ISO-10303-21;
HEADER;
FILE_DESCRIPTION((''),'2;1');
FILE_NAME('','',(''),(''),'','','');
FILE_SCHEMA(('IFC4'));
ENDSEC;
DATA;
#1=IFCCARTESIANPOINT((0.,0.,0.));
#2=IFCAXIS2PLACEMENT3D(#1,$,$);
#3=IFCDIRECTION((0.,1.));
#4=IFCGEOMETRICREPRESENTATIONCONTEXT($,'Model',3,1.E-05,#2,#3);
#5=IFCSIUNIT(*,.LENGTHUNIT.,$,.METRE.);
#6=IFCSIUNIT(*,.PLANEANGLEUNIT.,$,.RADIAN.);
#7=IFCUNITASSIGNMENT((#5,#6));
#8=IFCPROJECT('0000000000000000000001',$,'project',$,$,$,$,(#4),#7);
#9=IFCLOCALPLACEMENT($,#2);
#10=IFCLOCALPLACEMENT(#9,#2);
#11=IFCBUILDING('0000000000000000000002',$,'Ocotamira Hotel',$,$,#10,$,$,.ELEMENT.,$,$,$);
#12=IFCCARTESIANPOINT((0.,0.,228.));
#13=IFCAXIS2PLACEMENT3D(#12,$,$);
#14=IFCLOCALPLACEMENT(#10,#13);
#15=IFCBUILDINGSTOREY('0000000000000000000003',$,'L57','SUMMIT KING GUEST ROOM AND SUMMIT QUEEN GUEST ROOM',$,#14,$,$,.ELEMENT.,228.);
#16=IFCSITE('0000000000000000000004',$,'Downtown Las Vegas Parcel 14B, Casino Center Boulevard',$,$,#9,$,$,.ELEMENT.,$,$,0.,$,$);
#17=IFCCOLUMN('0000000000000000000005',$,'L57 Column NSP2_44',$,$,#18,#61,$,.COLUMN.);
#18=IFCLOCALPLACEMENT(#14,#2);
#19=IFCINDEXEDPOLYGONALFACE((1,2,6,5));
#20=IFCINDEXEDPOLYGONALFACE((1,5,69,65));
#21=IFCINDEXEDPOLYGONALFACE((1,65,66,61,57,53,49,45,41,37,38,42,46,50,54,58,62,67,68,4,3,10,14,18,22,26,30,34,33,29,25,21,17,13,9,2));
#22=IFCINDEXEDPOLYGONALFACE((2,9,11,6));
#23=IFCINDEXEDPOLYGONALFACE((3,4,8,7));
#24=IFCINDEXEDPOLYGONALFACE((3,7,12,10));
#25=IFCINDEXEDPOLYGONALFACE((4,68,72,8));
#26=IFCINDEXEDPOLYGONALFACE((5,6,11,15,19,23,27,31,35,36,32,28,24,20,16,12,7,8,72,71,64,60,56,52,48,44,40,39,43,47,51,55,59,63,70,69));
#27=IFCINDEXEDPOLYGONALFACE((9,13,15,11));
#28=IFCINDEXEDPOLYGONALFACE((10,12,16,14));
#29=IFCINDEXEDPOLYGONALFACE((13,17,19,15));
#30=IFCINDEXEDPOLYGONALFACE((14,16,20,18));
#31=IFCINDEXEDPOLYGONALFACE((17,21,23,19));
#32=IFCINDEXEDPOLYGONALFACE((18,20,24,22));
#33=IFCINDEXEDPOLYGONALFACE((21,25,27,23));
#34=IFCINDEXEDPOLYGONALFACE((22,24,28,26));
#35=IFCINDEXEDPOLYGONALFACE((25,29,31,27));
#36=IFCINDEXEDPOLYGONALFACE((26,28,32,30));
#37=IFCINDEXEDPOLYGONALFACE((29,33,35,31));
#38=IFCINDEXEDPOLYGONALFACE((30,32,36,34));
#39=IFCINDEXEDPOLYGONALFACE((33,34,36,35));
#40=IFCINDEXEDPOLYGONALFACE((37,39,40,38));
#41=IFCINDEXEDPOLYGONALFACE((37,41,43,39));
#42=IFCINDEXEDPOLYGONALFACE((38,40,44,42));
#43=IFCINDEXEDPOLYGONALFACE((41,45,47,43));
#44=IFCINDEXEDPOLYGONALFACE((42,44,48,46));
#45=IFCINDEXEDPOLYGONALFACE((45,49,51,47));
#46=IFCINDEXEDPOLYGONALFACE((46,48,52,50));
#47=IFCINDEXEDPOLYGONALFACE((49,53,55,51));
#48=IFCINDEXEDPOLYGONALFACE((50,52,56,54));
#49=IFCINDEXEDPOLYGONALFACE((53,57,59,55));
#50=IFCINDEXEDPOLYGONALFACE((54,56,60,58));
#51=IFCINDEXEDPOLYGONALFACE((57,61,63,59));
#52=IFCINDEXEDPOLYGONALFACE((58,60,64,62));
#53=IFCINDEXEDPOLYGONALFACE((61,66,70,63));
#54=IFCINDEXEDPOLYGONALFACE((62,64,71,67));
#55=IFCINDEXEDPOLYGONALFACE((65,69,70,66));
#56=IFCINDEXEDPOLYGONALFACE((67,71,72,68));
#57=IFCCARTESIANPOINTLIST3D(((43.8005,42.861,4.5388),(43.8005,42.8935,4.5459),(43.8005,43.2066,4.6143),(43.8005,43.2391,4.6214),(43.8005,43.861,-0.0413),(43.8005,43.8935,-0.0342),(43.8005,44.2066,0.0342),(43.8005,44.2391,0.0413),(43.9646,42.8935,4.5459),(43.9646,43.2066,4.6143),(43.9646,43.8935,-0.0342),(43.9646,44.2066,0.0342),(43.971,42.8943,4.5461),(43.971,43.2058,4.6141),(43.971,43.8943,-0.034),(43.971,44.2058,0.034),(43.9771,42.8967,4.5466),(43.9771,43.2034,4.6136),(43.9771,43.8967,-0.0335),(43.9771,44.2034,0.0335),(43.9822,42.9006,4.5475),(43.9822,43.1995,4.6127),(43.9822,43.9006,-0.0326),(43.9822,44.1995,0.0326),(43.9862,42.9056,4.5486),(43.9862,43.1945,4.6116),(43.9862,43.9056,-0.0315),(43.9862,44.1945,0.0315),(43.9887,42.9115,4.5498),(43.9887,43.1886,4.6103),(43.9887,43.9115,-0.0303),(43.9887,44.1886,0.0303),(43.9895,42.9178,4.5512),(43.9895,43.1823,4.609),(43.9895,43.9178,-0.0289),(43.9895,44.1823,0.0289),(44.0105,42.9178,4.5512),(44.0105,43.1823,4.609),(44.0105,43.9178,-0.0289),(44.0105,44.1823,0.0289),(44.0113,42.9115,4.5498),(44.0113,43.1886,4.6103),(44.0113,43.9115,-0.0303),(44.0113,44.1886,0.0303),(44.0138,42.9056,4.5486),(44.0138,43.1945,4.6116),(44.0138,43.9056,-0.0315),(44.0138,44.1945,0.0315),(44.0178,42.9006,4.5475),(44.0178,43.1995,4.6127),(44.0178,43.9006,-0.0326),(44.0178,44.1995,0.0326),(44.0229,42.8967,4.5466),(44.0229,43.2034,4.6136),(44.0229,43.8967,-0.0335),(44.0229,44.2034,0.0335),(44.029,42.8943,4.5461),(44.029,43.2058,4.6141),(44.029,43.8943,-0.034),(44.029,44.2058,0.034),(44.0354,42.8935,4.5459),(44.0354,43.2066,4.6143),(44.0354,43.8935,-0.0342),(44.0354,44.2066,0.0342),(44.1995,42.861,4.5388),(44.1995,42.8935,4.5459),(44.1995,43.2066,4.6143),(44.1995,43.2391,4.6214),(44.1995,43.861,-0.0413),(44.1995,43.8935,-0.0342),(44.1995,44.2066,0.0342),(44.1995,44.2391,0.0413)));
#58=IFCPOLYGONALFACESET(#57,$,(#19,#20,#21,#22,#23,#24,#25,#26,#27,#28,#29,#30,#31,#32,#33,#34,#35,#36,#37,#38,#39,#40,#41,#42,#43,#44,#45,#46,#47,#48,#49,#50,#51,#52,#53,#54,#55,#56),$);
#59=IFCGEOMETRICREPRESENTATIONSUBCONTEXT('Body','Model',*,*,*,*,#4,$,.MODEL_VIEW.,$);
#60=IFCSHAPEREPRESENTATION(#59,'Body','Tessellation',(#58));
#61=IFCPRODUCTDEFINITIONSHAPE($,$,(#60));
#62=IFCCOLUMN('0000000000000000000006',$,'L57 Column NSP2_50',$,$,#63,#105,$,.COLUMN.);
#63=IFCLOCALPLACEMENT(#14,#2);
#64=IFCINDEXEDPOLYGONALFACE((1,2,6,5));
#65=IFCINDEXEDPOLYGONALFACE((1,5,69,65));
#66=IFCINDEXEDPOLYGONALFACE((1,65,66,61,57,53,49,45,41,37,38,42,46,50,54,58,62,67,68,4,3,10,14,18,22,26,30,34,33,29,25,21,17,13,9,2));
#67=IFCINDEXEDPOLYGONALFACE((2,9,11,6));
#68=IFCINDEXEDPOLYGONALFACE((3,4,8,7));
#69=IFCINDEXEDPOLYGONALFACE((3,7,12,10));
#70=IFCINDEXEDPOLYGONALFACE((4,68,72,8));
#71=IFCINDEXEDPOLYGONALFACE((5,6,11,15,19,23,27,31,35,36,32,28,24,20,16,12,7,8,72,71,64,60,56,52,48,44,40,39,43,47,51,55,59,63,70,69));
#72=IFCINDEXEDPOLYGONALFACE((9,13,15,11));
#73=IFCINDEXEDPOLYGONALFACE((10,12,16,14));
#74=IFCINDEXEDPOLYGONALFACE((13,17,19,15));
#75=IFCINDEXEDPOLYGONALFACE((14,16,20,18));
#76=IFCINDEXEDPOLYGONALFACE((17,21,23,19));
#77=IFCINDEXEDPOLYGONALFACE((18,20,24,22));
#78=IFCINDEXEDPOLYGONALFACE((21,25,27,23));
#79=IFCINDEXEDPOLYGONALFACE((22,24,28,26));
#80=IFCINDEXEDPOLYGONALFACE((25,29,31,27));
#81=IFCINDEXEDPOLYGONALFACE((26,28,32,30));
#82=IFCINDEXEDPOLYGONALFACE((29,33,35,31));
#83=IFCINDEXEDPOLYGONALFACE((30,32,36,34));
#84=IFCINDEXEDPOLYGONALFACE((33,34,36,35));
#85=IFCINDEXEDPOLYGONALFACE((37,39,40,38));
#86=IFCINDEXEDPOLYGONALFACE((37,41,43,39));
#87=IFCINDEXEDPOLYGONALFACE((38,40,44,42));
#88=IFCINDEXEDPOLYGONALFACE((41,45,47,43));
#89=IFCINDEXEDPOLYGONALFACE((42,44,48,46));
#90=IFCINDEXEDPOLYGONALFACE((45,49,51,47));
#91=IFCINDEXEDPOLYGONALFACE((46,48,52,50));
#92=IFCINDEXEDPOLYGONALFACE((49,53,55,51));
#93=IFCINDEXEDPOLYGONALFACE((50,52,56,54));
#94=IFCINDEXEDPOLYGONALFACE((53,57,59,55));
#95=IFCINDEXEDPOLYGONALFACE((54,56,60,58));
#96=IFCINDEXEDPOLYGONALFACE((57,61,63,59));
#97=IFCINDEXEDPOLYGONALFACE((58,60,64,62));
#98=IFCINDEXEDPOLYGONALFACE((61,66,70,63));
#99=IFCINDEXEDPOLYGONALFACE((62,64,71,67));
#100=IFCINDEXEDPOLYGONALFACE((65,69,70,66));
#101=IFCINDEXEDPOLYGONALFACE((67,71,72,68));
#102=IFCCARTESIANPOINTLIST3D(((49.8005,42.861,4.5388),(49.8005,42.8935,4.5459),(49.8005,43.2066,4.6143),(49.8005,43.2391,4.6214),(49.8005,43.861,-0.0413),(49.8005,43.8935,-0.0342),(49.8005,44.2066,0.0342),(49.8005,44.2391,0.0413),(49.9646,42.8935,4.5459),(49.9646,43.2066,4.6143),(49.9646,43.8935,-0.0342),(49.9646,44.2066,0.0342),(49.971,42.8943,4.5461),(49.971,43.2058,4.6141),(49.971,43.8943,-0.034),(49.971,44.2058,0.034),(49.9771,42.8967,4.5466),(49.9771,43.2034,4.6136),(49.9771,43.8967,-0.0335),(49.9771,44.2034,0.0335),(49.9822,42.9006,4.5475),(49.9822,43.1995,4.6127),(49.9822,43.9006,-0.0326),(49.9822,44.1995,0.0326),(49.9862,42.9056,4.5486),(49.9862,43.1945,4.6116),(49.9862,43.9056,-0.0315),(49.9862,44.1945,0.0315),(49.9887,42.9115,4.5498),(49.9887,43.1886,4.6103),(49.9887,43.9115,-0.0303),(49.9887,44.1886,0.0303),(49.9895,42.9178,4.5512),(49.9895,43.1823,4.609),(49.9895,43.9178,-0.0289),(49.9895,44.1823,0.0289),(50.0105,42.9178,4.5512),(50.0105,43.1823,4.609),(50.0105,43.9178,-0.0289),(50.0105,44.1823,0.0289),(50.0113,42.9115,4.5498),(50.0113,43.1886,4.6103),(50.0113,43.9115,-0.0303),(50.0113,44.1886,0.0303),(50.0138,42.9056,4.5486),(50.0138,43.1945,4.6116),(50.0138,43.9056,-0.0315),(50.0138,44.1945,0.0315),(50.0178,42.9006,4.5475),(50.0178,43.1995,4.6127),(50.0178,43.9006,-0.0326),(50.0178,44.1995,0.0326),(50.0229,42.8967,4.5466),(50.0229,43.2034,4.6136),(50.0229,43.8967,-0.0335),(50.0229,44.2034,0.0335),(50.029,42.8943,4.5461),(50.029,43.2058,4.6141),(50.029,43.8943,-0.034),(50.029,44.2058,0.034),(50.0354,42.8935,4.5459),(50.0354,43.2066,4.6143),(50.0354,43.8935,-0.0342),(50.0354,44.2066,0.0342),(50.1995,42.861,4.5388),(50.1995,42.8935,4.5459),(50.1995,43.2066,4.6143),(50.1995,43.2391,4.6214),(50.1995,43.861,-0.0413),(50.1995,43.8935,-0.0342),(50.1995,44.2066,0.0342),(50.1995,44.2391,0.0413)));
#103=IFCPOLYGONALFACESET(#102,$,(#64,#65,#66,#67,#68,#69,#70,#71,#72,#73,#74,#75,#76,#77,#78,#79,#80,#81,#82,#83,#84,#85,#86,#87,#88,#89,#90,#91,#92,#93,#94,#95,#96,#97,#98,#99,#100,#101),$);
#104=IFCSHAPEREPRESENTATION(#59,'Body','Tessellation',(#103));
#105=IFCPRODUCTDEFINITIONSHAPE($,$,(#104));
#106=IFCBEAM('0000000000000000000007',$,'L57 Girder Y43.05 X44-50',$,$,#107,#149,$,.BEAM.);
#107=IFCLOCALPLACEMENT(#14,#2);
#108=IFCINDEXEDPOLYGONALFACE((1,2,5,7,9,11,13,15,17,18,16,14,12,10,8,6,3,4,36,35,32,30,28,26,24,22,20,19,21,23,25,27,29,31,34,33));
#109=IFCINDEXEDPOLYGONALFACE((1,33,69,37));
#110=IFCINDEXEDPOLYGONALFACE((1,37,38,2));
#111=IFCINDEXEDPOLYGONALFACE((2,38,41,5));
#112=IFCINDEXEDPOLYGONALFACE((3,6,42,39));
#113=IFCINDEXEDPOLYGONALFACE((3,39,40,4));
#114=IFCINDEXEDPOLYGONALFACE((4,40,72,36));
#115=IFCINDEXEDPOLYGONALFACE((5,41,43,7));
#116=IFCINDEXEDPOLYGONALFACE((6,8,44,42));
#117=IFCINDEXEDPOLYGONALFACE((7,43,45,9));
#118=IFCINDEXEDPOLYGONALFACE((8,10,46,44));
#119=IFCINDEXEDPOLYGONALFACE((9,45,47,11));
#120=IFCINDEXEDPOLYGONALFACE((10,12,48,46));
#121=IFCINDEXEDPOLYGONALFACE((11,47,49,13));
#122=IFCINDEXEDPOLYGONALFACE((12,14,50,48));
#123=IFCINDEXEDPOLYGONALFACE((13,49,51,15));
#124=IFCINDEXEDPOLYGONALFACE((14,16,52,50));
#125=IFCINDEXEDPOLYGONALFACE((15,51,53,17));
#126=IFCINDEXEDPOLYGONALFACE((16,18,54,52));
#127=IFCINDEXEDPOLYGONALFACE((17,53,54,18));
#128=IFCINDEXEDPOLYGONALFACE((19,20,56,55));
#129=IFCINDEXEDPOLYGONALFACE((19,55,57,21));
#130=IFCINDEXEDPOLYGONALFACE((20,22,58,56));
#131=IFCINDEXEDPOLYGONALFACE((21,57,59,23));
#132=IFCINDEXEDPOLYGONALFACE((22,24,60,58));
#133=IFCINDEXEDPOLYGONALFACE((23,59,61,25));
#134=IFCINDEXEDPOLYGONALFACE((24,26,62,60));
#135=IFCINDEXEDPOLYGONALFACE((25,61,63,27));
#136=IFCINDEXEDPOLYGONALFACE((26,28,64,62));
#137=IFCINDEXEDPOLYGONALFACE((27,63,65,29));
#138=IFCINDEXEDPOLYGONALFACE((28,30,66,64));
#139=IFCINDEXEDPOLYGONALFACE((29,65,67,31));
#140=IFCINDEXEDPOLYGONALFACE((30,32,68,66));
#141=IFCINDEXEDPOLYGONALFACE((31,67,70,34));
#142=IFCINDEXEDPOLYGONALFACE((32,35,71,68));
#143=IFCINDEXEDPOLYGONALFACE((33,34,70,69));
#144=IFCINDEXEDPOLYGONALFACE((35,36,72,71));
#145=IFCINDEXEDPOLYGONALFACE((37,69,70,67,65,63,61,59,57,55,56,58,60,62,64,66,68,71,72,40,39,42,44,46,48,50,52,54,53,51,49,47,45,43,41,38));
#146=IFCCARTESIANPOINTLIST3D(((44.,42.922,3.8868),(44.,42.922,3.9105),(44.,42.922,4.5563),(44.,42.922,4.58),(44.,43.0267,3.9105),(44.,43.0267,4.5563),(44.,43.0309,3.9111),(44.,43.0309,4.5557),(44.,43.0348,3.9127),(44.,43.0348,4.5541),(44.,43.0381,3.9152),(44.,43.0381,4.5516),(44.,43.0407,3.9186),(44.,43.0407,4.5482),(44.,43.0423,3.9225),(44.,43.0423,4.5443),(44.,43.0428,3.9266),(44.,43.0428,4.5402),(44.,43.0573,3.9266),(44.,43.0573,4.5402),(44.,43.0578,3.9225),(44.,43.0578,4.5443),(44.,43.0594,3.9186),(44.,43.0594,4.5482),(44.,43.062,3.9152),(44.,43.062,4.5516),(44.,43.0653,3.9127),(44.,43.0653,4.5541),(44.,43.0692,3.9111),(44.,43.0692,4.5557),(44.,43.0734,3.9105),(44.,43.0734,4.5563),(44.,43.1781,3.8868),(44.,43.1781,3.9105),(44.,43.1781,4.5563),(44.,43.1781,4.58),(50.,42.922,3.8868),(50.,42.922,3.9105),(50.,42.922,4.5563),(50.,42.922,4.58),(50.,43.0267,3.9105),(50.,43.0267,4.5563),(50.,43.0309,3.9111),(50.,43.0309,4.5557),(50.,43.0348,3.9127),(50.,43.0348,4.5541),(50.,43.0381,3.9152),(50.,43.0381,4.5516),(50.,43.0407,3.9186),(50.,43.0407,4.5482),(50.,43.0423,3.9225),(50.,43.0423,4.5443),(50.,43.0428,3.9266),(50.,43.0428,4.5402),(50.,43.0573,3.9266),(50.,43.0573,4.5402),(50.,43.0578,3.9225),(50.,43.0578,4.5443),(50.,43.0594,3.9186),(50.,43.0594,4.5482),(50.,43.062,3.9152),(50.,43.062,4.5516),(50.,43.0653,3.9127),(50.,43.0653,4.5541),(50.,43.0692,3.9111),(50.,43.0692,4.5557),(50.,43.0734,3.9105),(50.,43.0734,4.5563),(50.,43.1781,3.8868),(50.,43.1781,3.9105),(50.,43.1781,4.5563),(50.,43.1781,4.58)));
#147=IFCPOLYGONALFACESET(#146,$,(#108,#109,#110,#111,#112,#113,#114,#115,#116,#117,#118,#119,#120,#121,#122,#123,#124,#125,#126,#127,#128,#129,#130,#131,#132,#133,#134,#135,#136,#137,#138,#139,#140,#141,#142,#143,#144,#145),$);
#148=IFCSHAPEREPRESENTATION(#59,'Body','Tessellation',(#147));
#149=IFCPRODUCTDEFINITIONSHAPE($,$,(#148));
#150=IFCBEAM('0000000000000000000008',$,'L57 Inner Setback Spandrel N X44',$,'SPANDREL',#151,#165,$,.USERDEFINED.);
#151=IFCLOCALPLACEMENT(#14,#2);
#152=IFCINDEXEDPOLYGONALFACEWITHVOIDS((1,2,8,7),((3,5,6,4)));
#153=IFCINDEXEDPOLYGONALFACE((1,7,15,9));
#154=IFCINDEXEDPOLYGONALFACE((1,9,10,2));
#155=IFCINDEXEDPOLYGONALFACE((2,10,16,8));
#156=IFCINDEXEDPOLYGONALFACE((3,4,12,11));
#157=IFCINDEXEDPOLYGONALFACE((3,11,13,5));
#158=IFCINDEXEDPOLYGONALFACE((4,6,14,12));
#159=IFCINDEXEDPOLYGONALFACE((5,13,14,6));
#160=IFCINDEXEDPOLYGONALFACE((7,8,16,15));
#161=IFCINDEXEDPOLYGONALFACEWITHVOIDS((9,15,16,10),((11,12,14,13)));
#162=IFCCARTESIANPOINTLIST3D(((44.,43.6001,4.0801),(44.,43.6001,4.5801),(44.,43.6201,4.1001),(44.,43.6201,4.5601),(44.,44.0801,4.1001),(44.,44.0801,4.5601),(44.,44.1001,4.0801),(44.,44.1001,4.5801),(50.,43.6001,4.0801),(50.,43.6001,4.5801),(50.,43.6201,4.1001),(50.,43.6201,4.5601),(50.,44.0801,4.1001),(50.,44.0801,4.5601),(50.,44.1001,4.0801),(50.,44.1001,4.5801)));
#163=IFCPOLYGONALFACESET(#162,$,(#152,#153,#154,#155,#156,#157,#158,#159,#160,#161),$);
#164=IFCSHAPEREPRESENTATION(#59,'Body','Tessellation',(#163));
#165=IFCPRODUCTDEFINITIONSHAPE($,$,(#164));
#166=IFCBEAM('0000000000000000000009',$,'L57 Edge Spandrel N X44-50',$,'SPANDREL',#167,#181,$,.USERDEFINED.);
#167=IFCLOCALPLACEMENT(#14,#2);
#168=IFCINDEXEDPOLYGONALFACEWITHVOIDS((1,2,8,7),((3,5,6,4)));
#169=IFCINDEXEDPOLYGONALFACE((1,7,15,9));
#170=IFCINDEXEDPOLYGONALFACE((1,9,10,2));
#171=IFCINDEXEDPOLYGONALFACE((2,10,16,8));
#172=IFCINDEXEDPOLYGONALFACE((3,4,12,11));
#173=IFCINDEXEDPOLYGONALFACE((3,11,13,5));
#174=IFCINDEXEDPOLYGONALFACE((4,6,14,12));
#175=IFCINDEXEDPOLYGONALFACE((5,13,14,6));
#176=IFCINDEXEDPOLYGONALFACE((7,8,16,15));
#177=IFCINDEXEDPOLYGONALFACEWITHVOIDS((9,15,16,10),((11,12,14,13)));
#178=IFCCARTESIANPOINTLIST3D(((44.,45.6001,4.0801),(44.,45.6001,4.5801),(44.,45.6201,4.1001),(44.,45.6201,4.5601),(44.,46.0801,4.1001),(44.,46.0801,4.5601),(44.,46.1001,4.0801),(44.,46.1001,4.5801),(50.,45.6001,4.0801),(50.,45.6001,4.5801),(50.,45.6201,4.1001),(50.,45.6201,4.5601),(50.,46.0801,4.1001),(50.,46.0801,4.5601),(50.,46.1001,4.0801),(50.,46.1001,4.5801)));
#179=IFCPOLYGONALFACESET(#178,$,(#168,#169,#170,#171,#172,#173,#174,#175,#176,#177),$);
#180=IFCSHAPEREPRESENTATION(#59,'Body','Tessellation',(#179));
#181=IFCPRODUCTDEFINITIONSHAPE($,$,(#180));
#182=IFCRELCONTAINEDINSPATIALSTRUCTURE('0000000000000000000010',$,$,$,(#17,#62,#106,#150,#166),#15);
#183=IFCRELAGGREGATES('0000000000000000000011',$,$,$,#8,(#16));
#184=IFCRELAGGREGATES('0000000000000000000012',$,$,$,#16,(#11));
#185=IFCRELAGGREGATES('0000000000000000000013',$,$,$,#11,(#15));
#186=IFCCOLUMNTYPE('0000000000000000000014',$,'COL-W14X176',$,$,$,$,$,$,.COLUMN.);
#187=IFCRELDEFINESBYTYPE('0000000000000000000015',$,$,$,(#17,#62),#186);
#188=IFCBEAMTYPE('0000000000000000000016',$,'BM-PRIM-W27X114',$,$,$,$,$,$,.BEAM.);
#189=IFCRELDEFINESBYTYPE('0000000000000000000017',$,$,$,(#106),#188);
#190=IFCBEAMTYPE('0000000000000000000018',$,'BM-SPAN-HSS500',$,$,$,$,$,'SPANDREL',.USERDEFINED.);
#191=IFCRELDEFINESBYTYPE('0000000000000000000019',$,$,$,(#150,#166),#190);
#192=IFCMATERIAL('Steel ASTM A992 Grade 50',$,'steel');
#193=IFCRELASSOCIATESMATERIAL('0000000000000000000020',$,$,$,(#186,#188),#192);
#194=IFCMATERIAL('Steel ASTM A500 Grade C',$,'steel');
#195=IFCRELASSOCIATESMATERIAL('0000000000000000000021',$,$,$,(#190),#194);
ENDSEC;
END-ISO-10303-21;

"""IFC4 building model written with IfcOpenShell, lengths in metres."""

from ifc_helpers import new_model, si_unit, direction, frame, origin, origin_2d, place, context, subcontext, project, spatial, hollow_rectangle, i_section, extrude, source, transform, mapped, material, material_profile, profile_set, type_object, element, save


model = new_model("IFC4")

# Units and contexts
model_context = context("Model", 3, precision=1e-05, world=origin(), true_north=direction((0.0, 1.0)))
body_context = subcontext(model_context, "Body", "Model", "MODEL_VIEW")
ifc_project = project(units=[si_unit("LENGTHUNIT", "METRE"), si_unit("PLANEANGLEUNIT", "RADIAN")], contexts=[model_context])

# Site, building, storey
site_placement = place(None, origin())
site = spatial("IfcSite", under=ifc_project, at=site_placement, Name="Downtown Las Vegas Parcel 14B, Casino Center Boulevard", CompositionType="ELEMENT", RefElevation=0.0)
building_placement = place(site_placement, origin())
building = spatial("IfcBuilding", under=site, at=building_placement, Name="Ocotamira Hotel", CompositionType="ELEMENT")
storey_placement = place(building_placement, frame((0.0, 0.0, 228.0)))
storey = spatial("IfcBuildingStorey", under=building, at=storey_placement, Name="L57", Description="SUMMIT KING GUEST ROOM AND SUMMIT QUEEN GUEST ROOM", CompositionType="ELEMENT", Elevation=228.0)

# Columns
ifc_material_1 = material(Name="Steel ASTM A992 Grade 50", Category="steel")
ifc_material_profile_1 = material_profile(ifc_material_1, i_section(OverallWidth=0.3989, OverallDepth=0.387, WebThickness=0.021, FlangeThickness=0.0332, FilletRadius=0.0249, at=origin_2d()), Name="W14X176")
ifc_profile_set_1 = profile_set([ifc_material_profile_1], Name="Steel ASTM A992 Grade 50")
column_type = type_object("IfcColumnType", Name="COL-W14X176", PredefinedType="COLUMN", material=ifc_profile_set_1)
shared_shape_1 = source(origin(), body_context, "Body", "SweptSolid", [
    extrude(i_section(OverallWidth=0.3989, OverallDepth=0.387, WebThickness=0.021, FlangeThickness=0.0332, FilletRadius=0.0249, at=origin_2d()), origin(), (0.0, 0.0, 1.0), 4.688),
])
for number, where, z_axis, x_axis, name in (
    (1, (44.0, 44.05, 0.0), (0.0, -0.213312, 0.976984), (1.0, 0.0, 0.0), "L57 Column NSP2_44"),
    (2, (50.0, 44.05, 0.0), (0.0, -0.213312, 0.976984), (1.0, 0.0, 0.0), "L57 Column NSP2_50"),
):
    element("IfcColumn", number, at=place(storey_placement, frame(where, z_axis=z_axis, x_axis=x_axis)), inside=storey, type_object=column_type, Name=name, PredefinedType="COLUMN", context=body_context, shape_type="MappedRepresentation", body=[
        mapped(shared_shape_1, transform((0.0, 0.0, 0.0), scale=1.0)),
    ])

# Beams
ifc_material_profile_2 = material_profile(ifc_material_1, i_section(OverallWidth=0.2561, OverallDepth=0.6931, WebThickness=0.0144, FlangeThickness=0.0237, FilletRadius=0.0161, at=origin_2d()), Name="W27X114")
ifc_profile_set_2 = profile_set([ifc_material_profile_2], Name="Steel ASTM A992 Grade 50")
beam_type_1 = type_object("IfcBeamType", Name="BM-PRIM-W27X114", PredefinedType="BEAM", material=ifc_profile_set_2)
shared_shape_2 = source(origin(), body_context, "Body", "SweptSolid", [
    extrude(i_section(OverallWidth=0.2561, OverallDepth=0.6931, WebThickness=0.0144, FlangeThickness=0.0237, FilletRadius=0.0161, at=origin_2d()), origin(), (0.0, 0.0, 1.0), 6.0),
])
beam_placement = place(storey_placement, frame((44.0, 43.05, 4.2334), z_axis=(1.0, 0.0, 0.0), x_axis=(0.0, 1.0, 0.0)))
element("IfcBeam", 3, at=beam_placement, inside=storey, type_object=beam_type_1, Name="L57 Girder Y43.05 X44-50", PredefinedType="BEAM", context=body_context, shape_type="MappedRepresentation", body=[
    mapped(shared_shape_2, transform((0.0, 0.0, 0.0), scale=1.0)),
])
ifc_material_2 = material(Name="Steel ASTM A500 Grade C", Category="steel")
ifc_material_profile_3 = material_profile(ifc_material_2, hollow_rectangle(XDim=0.5, YDim=0.5, WallThickness=0.02, at=origin_2d()), Name="HSS500X500X20")
ifc_profile_set_3 = profile_set([ifc_material_profile_3], Name="Steel ASTM A500 Grade C")
beam_type_2 = type_object("IfcBeamType", Name="BM-SPAN-HSS500", ElementType="SPANDREL", PredefinedType="USERDEFINED", material=ifc_profile_set_3)
shared_shape_3 = source(origin(), body_context, "Body", "SweptSolid", [
    extrude(hollow_rectangle(XDim=0.5, YDim=0.5, WallThickness=0.02, at=origin_2d()), origin(), (0.0, 0.0, 1.0), 6.0),
])
for number, where, z_axis, x_axis, name in (
    (4, (44.0, 43.8501, 4.3301), (1.0, 0.0, 0.0), (0.0, 1.0, 0.0), "L57 Inner Setback Spandrel N X44"),
    (5, (44.0, 45.8501, 4.3301), (1.0, 0.0, 0.0), (0.0, 1.0, 0.0), "L57 Edge Spandrel N X44-50"),
):
    element("IfcBeam", number, at=place(storey_placement, frame(where, z_axis=z_axis, x_axis=x_axis)), inside=storey, type_object=beam_type_2, Name=name, ObjectType="SPANDREL", PredefinedType="USERDEFINED", context=body_context, shape_type="MappedRepresentation", body=[
        mapped(shared_shape_3, transform((0.0, 0.0, 0.0), scale=1.0)),
    ])

save(model, "model.ifc")
